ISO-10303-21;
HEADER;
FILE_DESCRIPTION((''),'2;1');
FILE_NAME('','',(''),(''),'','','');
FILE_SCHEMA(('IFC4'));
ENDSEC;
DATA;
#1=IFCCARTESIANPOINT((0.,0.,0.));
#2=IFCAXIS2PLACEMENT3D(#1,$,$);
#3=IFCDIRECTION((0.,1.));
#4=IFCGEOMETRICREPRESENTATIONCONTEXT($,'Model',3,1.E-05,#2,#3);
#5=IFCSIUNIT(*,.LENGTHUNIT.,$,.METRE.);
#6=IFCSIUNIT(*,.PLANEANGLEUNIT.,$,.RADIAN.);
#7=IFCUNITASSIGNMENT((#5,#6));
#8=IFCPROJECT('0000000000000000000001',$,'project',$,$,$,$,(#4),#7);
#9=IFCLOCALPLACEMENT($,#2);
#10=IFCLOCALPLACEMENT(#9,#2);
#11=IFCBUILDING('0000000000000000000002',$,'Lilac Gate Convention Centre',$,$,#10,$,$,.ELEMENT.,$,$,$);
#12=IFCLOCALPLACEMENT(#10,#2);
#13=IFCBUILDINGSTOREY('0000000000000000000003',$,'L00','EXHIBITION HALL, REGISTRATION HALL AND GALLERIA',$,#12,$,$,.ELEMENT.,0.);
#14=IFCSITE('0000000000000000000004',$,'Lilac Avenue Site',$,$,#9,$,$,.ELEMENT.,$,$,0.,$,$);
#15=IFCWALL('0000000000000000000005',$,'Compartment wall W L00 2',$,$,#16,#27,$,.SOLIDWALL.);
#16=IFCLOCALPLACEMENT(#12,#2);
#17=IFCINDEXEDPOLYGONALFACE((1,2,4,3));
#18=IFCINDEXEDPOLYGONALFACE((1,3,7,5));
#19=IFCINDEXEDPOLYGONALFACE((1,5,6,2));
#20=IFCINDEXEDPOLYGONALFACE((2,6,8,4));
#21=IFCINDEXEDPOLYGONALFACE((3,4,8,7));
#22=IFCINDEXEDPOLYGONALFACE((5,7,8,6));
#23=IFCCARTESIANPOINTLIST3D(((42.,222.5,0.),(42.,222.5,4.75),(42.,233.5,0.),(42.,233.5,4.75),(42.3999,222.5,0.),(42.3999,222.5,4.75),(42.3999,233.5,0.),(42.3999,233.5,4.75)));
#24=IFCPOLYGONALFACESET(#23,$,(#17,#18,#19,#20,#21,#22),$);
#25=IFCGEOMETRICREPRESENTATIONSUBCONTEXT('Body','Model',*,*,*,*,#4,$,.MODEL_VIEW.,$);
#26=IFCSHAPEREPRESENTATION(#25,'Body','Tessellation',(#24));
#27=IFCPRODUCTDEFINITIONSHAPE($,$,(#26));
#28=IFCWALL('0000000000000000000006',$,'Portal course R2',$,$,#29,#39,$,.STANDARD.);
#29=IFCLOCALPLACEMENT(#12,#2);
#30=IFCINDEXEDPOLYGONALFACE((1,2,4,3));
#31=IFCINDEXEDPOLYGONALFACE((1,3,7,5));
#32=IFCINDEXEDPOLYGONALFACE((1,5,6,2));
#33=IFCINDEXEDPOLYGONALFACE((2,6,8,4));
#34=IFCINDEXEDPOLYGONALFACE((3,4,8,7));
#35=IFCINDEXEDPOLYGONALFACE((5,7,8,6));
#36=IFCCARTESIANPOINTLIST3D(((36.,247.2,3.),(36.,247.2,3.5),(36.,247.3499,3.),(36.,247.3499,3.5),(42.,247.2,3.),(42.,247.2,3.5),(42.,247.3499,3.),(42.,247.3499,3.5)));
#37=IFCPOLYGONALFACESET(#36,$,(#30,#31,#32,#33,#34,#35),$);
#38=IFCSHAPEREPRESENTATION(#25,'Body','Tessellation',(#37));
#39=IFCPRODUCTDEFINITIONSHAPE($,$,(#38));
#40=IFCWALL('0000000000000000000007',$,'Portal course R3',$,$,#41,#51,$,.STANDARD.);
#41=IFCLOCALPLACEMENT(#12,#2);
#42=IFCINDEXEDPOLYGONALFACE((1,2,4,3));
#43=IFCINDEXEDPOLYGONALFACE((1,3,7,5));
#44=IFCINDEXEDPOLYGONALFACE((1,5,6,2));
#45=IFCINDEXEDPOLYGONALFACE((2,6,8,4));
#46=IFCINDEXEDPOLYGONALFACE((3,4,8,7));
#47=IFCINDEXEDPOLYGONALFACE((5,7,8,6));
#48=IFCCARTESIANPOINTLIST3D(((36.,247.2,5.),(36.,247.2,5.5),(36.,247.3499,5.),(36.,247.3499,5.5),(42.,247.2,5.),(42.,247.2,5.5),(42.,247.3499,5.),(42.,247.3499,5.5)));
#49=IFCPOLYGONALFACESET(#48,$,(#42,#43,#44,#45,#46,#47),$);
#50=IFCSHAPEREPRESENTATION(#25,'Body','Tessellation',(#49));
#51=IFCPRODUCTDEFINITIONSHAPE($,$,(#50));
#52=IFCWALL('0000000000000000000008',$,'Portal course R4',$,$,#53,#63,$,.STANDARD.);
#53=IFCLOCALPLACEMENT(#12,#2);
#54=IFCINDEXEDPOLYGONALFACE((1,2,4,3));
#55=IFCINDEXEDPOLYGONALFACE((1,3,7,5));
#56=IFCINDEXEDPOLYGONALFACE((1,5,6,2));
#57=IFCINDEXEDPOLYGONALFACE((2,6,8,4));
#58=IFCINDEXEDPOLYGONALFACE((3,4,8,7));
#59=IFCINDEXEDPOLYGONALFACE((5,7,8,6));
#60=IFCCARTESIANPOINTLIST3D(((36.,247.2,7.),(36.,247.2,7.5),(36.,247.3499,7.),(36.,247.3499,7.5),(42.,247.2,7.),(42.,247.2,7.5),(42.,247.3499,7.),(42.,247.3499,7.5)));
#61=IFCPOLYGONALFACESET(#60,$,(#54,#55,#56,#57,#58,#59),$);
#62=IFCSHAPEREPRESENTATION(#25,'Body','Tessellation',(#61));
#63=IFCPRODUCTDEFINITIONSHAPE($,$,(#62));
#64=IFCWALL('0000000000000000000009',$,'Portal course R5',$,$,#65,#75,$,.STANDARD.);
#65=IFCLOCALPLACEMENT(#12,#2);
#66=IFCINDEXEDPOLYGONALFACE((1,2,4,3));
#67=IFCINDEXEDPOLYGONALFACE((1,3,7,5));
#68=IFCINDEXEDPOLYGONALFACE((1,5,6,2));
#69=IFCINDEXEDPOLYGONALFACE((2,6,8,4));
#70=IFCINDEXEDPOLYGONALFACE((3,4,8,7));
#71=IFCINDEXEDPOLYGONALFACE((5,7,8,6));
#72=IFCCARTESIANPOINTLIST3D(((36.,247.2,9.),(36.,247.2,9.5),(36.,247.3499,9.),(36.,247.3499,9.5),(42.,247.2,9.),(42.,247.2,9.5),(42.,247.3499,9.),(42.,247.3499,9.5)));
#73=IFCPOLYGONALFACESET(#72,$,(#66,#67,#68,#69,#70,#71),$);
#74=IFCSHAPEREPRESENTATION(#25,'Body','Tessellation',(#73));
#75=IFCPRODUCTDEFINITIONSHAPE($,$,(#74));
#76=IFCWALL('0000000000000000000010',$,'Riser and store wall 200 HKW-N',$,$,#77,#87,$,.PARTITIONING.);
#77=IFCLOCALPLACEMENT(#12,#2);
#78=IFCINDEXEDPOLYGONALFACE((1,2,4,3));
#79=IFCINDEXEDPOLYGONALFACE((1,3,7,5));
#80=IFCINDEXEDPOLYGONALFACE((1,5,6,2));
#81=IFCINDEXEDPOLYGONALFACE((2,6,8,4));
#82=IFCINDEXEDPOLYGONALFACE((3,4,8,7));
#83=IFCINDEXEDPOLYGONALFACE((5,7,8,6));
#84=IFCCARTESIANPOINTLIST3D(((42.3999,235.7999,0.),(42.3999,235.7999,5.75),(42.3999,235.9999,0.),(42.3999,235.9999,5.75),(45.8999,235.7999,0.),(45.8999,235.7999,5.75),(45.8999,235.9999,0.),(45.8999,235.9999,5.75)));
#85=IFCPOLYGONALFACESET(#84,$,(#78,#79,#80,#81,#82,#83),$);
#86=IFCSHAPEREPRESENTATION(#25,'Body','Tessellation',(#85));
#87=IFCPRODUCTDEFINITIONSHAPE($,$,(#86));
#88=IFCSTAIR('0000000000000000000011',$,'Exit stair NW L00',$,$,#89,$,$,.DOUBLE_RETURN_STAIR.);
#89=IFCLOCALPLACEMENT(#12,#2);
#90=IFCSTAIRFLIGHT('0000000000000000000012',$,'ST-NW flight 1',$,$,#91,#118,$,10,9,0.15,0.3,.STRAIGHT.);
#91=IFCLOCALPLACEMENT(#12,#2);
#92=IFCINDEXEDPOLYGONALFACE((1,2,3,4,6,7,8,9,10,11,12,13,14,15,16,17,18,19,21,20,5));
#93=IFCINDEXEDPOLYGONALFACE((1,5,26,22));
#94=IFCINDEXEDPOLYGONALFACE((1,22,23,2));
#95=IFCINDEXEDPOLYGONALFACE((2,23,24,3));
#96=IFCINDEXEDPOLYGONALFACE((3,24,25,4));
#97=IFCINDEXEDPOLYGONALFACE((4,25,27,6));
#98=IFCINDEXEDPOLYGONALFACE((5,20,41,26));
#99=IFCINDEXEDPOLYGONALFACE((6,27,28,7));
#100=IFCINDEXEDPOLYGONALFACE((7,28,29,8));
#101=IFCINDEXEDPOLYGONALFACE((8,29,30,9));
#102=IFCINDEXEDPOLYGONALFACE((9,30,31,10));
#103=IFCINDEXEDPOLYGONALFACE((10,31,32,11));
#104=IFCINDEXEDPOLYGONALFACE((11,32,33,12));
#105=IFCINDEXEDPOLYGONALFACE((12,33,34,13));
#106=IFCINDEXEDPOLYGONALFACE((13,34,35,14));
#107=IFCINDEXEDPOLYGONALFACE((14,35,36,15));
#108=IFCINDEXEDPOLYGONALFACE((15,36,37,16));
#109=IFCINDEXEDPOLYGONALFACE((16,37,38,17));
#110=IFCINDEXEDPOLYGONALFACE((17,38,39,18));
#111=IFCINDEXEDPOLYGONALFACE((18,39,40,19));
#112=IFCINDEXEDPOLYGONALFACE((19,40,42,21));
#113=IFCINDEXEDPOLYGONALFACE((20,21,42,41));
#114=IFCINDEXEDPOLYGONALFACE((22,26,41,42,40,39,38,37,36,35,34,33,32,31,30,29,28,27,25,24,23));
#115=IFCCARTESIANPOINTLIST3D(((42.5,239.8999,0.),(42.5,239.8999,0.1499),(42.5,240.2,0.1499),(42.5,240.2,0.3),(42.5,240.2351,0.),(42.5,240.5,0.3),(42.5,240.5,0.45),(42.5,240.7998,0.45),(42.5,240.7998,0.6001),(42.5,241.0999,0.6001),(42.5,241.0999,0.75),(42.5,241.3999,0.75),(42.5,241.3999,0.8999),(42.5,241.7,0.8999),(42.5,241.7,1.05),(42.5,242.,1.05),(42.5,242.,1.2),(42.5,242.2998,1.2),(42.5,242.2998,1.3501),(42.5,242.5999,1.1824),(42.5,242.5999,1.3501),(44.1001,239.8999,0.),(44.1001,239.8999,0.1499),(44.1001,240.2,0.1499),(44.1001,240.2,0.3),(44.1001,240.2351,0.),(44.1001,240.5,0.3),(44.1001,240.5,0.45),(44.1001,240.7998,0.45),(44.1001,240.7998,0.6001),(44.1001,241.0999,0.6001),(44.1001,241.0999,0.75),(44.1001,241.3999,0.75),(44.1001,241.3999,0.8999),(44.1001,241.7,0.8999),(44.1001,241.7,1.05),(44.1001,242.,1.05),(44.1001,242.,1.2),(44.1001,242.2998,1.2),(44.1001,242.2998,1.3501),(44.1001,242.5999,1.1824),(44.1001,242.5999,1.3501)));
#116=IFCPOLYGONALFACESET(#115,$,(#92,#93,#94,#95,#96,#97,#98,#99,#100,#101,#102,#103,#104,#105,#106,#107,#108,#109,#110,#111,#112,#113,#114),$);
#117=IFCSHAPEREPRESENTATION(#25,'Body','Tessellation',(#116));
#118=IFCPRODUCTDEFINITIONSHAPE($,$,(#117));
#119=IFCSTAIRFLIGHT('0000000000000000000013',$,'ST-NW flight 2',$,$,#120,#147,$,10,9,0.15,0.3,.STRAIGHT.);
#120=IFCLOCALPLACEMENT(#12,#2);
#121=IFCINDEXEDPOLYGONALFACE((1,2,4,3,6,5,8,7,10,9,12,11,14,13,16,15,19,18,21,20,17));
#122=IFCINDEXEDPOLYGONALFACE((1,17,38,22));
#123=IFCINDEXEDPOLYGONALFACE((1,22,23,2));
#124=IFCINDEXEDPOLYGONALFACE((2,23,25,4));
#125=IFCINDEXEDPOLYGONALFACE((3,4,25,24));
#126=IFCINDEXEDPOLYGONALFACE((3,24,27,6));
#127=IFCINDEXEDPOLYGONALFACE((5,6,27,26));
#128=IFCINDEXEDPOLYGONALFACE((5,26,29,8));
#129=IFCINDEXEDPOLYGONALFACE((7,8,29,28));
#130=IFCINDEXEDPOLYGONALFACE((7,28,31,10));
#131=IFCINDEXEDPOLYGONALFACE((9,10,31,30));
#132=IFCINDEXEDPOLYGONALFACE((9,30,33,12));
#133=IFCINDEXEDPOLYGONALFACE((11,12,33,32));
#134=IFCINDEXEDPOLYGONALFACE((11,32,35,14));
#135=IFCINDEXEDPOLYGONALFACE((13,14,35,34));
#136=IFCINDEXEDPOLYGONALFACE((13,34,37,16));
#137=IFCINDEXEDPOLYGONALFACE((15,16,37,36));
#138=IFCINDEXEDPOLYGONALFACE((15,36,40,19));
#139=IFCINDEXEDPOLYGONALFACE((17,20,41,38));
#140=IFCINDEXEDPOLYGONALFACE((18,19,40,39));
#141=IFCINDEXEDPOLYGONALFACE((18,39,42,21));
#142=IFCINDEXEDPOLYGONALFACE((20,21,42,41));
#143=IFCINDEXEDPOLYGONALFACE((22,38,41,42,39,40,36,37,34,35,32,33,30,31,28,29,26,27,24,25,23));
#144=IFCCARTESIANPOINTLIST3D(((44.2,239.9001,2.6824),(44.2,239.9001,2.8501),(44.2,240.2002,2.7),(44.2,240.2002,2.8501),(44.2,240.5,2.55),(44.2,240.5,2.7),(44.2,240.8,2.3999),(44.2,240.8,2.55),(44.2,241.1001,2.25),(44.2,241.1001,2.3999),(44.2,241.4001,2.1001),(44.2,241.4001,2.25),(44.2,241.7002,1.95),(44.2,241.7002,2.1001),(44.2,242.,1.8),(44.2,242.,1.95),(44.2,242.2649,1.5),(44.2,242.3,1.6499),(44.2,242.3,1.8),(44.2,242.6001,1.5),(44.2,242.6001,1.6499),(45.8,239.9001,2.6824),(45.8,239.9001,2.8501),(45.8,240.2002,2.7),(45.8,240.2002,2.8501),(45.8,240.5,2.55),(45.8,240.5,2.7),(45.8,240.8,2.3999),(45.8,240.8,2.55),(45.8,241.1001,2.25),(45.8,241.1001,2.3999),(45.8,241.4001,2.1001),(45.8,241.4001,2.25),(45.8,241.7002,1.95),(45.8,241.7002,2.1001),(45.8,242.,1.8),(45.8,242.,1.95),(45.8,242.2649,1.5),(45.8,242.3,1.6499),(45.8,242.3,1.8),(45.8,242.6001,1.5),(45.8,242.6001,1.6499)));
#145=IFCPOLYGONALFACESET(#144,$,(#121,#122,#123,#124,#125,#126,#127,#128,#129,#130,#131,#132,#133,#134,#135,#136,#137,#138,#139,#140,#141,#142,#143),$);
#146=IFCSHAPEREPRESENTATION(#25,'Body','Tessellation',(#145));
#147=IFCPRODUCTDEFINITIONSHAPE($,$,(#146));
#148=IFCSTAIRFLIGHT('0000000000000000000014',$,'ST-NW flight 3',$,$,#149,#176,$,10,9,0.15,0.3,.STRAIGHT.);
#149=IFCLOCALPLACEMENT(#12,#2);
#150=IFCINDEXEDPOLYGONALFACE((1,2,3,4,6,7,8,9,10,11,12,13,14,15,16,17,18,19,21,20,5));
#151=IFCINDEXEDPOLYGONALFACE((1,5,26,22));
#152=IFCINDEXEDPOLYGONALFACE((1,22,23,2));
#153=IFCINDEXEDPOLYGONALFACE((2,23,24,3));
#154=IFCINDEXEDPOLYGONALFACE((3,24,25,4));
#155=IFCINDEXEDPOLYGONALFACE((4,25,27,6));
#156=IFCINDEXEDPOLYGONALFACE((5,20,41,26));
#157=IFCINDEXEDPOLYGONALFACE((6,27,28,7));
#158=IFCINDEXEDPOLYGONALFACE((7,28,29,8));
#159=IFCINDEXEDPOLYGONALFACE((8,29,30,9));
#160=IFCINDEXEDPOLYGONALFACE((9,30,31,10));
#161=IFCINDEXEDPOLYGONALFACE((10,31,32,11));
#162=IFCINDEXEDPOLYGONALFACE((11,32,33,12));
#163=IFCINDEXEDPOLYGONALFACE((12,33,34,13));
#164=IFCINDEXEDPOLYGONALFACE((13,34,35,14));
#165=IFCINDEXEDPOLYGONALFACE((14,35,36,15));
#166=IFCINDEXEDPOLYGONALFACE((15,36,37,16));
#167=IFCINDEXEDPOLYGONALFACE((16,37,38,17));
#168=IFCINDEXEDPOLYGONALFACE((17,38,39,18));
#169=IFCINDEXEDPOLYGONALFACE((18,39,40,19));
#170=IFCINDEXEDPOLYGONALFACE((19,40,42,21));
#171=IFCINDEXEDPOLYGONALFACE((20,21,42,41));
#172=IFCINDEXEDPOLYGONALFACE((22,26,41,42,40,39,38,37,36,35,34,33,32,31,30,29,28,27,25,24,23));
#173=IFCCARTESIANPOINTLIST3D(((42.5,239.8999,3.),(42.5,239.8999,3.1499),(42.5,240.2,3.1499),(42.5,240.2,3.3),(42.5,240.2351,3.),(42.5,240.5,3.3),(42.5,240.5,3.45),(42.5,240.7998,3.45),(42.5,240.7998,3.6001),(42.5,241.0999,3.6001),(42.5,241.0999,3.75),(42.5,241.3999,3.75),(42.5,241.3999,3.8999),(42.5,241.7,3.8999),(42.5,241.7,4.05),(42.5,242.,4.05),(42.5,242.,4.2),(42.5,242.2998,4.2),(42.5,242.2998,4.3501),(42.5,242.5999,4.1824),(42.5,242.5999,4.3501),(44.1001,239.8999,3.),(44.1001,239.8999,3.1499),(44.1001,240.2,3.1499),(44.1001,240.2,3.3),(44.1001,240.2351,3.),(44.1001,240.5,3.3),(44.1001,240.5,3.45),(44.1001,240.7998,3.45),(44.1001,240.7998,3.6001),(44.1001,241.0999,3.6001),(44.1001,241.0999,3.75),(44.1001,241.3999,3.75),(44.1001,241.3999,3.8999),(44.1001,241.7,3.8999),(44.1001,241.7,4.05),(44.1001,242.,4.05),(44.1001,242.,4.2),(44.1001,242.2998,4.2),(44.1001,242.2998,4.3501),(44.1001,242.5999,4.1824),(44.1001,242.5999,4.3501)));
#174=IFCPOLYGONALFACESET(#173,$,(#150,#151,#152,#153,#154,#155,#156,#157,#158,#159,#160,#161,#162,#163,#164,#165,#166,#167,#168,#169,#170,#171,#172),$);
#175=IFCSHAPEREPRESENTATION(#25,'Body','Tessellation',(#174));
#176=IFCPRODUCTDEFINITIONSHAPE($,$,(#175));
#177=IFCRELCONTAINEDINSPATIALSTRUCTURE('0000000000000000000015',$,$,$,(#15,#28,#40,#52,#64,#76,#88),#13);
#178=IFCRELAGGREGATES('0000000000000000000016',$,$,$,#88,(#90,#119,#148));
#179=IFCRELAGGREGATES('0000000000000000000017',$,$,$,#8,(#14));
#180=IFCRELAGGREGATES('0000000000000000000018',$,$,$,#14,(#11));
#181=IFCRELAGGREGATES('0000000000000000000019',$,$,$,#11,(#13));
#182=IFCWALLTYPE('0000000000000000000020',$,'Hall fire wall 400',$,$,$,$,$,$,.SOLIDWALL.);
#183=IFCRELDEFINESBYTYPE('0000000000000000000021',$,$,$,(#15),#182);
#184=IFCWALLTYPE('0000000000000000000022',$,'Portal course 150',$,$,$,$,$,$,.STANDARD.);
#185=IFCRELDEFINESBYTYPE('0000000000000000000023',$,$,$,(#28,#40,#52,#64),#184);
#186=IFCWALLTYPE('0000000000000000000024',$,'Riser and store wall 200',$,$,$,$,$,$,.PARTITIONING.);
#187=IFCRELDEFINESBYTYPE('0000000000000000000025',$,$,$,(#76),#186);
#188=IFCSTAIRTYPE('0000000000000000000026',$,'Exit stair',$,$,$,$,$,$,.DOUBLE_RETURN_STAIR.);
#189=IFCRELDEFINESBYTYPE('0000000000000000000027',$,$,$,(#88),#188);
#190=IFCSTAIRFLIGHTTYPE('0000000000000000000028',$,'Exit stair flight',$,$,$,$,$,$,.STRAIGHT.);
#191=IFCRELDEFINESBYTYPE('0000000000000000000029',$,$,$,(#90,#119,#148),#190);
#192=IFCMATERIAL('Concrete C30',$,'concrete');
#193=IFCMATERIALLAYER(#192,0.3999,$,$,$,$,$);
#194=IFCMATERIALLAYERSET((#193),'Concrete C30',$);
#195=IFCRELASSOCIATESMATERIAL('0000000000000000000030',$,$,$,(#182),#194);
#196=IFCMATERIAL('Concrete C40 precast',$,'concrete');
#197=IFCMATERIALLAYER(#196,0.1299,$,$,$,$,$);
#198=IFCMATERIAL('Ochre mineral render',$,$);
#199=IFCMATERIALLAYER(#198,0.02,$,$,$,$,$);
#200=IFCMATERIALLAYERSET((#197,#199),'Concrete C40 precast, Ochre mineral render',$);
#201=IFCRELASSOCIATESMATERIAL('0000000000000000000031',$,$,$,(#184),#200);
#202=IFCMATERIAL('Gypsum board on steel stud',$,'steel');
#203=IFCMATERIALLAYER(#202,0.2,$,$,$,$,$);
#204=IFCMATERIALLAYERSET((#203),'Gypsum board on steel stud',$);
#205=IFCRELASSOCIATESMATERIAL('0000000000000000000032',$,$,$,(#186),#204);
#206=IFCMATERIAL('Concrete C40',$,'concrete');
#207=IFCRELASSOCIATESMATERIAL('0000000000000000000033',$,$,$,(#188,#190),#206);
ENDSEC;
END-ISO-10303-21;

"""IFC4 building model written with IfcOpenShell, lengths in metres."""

from ifc_helpers import new_model, si_unit, direction, frame, frame_2d, origin, place, context, subcontext, project, spatial, polyline, rectangle, outline, extrude, material, layer, layer_set, type_object, element, aggregate, save


model = new_model("IFC4")

# Units and contexts
model_context = context("Model", 3, precision=1e-05, world=origin(), true_north=direction((0.0, 1.0)))
body_context = subcontext(model_context, "Body", "Model", "MODEL_VIEW")
ifc_project = project(units=[si_unit("LENGTHUNIT", "METRE"), si_unit("PLANEANGLEUNIT", "RADIAN")], contexts=[model_context])

# Site, building, storey
site_placement = place(None, origin())
site = spatial("IfcSite", under=ifc_project, at=site_placement, Name="Lilac Avenue Site", CompositionType="ELEMENT", RefElevation=0.0)
building_placement = place(site_placement, origin())
building = spatial("IfcBuilding", under=site, at=building_placement, Name="Lilac Gate Convention Centre", CompositionType="ELEMENT")
storey_placement = place(building_placement, origin())
storey = spatial("IfcBuildingStorey", under=building, at=storey_placement, Name="L00", Description="EXHIBITION HALL, REGISTRATION HALL AND GALLERIA", CompositionType="ELEMENT", Elevation=0.0)

# Shared definitions
ifc_material_1 = material(Name="Concrete C40", Category="concrete")

# Walls
ifc_material_2 = material(Name="Concrete C30", Category="concrete")
ifc_layer_1 = layer(ifc_material_2, 0.3999)
ifc_layer_set_1 = layer_set([ifc_layer_1], Name="Concrete C30")
wall_type_1 = type_object("IfcWallType", Name="Hall fire wall 400", PredefinedType="SOLIDWALL", material=ifc_layer_set_1)
for number, where, z_axis, x_axis, name in (
    (1, (42.2, 233.5, 0.0), (0.0, 0.0, 1.0), (0.0, -1.0, 0.0), "Compartment wall W L00 2"),
):
    element("IfcWall", number, at=place(storey_placement, frame(where, z_axis=z_axis, x_axis=x_axis)), inside=storey, type_object=wall_type_1, Name=name, PredefinedType="SOLIDWALL", context=body_context, shape_type="SweptSolid", body=[
        extrude(rectangle(XDim=11.0, YDim=0.3999, at=frame_2d((5.5, 0.0))), origin(), (0.0, 0.0, 1.0), 4.75),
    ])
ifc_material_3 = material(Name="Concrete C40 precast", Category="concrete")
ifc_layer_2 = layer(ifc_material_3, 0.1299)
ifc_material_4 = material(Name="Ochre mineral render")
ifc_layer_3 = layer(ifc_material_4, 0.02)
ifc_layer_set_2 = layer_set([ifc_layer_2, ifc_layer_3], Name="Concrete C40 precast, Ochre mineral render")
wall_type_2 = type_object("IfcWallType", Name="Portal course 150", PredefinedType="STANDARD", material=ifc_layer_set_2)
for number, where, z_axis, x_axis, name in (
    (2, (36.0, 247.2749, 3.0), (0.0, 0.0, 1.0), (1.0, 0.0, 0.0), "Portal course R2"),
    (3, (36.0, 247.2749, 5.0), (0.0, 0.0, 1.0), (1.0, 0.0, 0.0), "Portal course R3"),
    (4, (36.0, 247.2749, 7.0), (0.0, 0.0, 1.0), (1.0, 0.0, 0.0), "Portal course R4"),
    (5, (36.0, 247.2749, 9.0), (0.0, 0.0, 1.0), (1.0, 0.0, 0.0), "Portal course R5"),
):
    element("IfcWall", number, at=place(storey_placement, frame(where, z_axis=z_axis, x_axis=x_axis)), inside=storey, type_object=wall_type_2, Name=name, PredefinedType="STANDARD", context=body_context, shape_type="SweptSolid", body=[
        extrude(rectangle(XDim=6.0, YDim=0.1499, at=frame_2d((3.0, 0.0))), origin(), (0.0, 0.0, 1.0), 0.5),
    ])
ifc_material_5 = material(Name="Gypsum board on steel stud", Category="steel")
ifc_layer_4 = layer(ifc_material_5, 0.2)
ifc_layer_set_3 = layer_set([ifc_layer_4], Name="Gypsum board on steel stud")
wall_type_3 = type_object("IfcWallType", Name="Riser and store wall 200", PredefinedType="PARTITIONING", material=ifc_layer_set_3)
wall_1_placement = place(storey_placement, frame((42.3999, 235.8999, 0.0), z_axis=(0.0, 0.0, 1.0), x_axis=(1.0, 0.0, 0.0)))
element("IfcWall", 6, at=wall_1_placement, inside=storey, type_object=wall_type_3, Name="Riser and store wall 200 HKW-N", PredefinedType="PARTITIONING", context=body_context, shape_type="SweptSolid", body=[
    extrude(rectangle(XDim=3.5, YDim=0.2, at=frame_2d((1.75, 0.0))), origin(), (0.0, 0.0, 1.0), 5.75),
])

# Stair, stair flights
stair_type = type_object("IfcStairType", Name="Exit stair", PredefinedType="DOUBLE_RETURN_STAIR", material=ifc_material_1)
stair_placement = place(storey_placement, origin())
stair = element("IfcStair", 7, at=stair_placement, inside=storey, type_object=stair_type, Name="Exit stair NW L00", PredefinedType="DOUBLE_RETURN_STAIR")
stair_flight_type = type_object("IfcStairFlightType", Name="Exit stair flight", PredefinedType="STRAIGHT", material=ifc_material_1)
stair_flight_1_placement = place(storey_placement, frame((43.3, 239.8999, 0.0), z_axis=(0.0, 0.0, 1.0), x_axis=(0.0, 1.0, 0.0)))
stair_flight_1 = element("IfcStairFlight", 8, at=stair_flight_1_placement, type_object=stair_flight_type, Name="ST-NW flight 1", NumberOfRisers=10, NumberOfTreads=9, PredefinedType="STRAIGHT", RiserHeight=0.15, TreadLength=0.3, context=body_context, shape_type="SweptSolid", body=[
    extrude(outline(polyline([(0.0, 0.0), (0.0, 0.1499), (0.3, 0.1499), (0.3, 0.3), (0.6001, 0.3), (0.6001, 0.45), (0.8999, 0.45), (0.8999, 0.6001), (1.2, 0.6001), (1.2, 0.75), (1.5, 0.75), (1.5, 0.8999), (1.8, 0.8999), (1.8, 1.05), (2.1001, 1.05), (2.1001, 1.2), (2.3999, 1.2), (2.3999, 1.3501), (2.7, 1.3501), (2.7, 1.5), (2.7, 1.1824), (0.3352, 0.0), (0.0, 0.0)])), frame((0.0, 0.8, 0.0), z_axis=(0.0, -1.0, 0.0), x_axis=(1.0, 0.0, 0.0)), (0.0, 0.0, 1.0), 1.6001),
])
stair_flight_2_placement = place(storey_placement, frame((45.0, 242.6001, 1.5), z_axis=(0.0, 0.0, 1.0), x_axis=(0.0, -1.0, 0.0)))
stair_flight_2 = element("IfcStairFlight", 9, at=stair_flight_2_placement, type_object=stair_flight_type, Name="ST-NW flight 2", NumberOfRisers=10, NumberOfTreads=9, PredefinedType="STRAIGHT", RiserHeight=0.15, TreadLength=0.3, context=body_context, shape_type="SweptSolid", body=[
    extrude(outline(polyline([(0.0, 0.0), (0.0, 0.1499), (0.3, 0.1499), (0.3, 0.3), (0.6001, 0.3), (0.6001, 0.45), (0.8999, 0.45), (0.8999, 0.6001), (1.2, 0.6001), (1.2, 0.75), (1.5, 0.75), (1.5, 0.8999), (1.8, 0.8999), (1.8, 1.05), (2.1001, 1.05), (2.1001, 1.2), (2.3999, 1.2), (2.3999, 1.3501), (2.7, 1.3501), (2.7, 1.5), (2.7, 1.1824), (0.3352, 0.0), (0.0, 0.0)])), frame((0.0, 0.8, 0.0), z_axis=(0.0, -1.0, 0.0), x_axis=(1.0, 0.0, 0.0)), (0.0, 0.0, 1.0), 1.6001),
])
stair_flight_3_placement = place(storey_placement, frame((43.3, 239.8999, 3.0), z_axis=(0.0, 0.0, 1.0), x_axis=(0.0, 1.0, 0.0)))
stair_flight_3 = element("IfcStairFlight", 10, at=stair_flight_3_placement, type_object=stair_flight_type, Name="ST-NW flight 3", NumberOfRisers=10, NumberOfTreads=9, PredefinedType="STRAIGHT", RiserHeight=0.15, TreadLength=0.3, context=body_context, shape_type="SweptSolid", body=[
    extrude(outline(polyline([(0.0, 0.0), (0.0, 0.1499), (0.3, 0.1499), (0.3, 0.3), (0.6001, 0.3), (0.6001, 0.45), (0.8999, 0.45), (0.8999, 0.6001), (1.2, 0.6001), (1.2, 0.75), (1.5, 0.75), (1.5, 0.8999), (1.8, 0.8999), (1.8, 1.05), (2.1001, 1.05), (2.1001, 1.2), (2.3999, 1.2), (2.3999, 1.3501), (2.7, 1.3501), (2.7, 1.5), (2.7, 1.1824), (0.3352, 0.0), (0.0, 0.0)])), frame((0.0, 0.8, 0.0), z_axis=(0.0, -1.0, 0.0), x_axis=(1.0, 0.0, 0.0)), (0.0, 0.0, 1.0), 1.6001),
])
aggregate(stair, [stair_flight_1, stair_flight_2, stair_flight_3])

save(model, "model.ifc")
